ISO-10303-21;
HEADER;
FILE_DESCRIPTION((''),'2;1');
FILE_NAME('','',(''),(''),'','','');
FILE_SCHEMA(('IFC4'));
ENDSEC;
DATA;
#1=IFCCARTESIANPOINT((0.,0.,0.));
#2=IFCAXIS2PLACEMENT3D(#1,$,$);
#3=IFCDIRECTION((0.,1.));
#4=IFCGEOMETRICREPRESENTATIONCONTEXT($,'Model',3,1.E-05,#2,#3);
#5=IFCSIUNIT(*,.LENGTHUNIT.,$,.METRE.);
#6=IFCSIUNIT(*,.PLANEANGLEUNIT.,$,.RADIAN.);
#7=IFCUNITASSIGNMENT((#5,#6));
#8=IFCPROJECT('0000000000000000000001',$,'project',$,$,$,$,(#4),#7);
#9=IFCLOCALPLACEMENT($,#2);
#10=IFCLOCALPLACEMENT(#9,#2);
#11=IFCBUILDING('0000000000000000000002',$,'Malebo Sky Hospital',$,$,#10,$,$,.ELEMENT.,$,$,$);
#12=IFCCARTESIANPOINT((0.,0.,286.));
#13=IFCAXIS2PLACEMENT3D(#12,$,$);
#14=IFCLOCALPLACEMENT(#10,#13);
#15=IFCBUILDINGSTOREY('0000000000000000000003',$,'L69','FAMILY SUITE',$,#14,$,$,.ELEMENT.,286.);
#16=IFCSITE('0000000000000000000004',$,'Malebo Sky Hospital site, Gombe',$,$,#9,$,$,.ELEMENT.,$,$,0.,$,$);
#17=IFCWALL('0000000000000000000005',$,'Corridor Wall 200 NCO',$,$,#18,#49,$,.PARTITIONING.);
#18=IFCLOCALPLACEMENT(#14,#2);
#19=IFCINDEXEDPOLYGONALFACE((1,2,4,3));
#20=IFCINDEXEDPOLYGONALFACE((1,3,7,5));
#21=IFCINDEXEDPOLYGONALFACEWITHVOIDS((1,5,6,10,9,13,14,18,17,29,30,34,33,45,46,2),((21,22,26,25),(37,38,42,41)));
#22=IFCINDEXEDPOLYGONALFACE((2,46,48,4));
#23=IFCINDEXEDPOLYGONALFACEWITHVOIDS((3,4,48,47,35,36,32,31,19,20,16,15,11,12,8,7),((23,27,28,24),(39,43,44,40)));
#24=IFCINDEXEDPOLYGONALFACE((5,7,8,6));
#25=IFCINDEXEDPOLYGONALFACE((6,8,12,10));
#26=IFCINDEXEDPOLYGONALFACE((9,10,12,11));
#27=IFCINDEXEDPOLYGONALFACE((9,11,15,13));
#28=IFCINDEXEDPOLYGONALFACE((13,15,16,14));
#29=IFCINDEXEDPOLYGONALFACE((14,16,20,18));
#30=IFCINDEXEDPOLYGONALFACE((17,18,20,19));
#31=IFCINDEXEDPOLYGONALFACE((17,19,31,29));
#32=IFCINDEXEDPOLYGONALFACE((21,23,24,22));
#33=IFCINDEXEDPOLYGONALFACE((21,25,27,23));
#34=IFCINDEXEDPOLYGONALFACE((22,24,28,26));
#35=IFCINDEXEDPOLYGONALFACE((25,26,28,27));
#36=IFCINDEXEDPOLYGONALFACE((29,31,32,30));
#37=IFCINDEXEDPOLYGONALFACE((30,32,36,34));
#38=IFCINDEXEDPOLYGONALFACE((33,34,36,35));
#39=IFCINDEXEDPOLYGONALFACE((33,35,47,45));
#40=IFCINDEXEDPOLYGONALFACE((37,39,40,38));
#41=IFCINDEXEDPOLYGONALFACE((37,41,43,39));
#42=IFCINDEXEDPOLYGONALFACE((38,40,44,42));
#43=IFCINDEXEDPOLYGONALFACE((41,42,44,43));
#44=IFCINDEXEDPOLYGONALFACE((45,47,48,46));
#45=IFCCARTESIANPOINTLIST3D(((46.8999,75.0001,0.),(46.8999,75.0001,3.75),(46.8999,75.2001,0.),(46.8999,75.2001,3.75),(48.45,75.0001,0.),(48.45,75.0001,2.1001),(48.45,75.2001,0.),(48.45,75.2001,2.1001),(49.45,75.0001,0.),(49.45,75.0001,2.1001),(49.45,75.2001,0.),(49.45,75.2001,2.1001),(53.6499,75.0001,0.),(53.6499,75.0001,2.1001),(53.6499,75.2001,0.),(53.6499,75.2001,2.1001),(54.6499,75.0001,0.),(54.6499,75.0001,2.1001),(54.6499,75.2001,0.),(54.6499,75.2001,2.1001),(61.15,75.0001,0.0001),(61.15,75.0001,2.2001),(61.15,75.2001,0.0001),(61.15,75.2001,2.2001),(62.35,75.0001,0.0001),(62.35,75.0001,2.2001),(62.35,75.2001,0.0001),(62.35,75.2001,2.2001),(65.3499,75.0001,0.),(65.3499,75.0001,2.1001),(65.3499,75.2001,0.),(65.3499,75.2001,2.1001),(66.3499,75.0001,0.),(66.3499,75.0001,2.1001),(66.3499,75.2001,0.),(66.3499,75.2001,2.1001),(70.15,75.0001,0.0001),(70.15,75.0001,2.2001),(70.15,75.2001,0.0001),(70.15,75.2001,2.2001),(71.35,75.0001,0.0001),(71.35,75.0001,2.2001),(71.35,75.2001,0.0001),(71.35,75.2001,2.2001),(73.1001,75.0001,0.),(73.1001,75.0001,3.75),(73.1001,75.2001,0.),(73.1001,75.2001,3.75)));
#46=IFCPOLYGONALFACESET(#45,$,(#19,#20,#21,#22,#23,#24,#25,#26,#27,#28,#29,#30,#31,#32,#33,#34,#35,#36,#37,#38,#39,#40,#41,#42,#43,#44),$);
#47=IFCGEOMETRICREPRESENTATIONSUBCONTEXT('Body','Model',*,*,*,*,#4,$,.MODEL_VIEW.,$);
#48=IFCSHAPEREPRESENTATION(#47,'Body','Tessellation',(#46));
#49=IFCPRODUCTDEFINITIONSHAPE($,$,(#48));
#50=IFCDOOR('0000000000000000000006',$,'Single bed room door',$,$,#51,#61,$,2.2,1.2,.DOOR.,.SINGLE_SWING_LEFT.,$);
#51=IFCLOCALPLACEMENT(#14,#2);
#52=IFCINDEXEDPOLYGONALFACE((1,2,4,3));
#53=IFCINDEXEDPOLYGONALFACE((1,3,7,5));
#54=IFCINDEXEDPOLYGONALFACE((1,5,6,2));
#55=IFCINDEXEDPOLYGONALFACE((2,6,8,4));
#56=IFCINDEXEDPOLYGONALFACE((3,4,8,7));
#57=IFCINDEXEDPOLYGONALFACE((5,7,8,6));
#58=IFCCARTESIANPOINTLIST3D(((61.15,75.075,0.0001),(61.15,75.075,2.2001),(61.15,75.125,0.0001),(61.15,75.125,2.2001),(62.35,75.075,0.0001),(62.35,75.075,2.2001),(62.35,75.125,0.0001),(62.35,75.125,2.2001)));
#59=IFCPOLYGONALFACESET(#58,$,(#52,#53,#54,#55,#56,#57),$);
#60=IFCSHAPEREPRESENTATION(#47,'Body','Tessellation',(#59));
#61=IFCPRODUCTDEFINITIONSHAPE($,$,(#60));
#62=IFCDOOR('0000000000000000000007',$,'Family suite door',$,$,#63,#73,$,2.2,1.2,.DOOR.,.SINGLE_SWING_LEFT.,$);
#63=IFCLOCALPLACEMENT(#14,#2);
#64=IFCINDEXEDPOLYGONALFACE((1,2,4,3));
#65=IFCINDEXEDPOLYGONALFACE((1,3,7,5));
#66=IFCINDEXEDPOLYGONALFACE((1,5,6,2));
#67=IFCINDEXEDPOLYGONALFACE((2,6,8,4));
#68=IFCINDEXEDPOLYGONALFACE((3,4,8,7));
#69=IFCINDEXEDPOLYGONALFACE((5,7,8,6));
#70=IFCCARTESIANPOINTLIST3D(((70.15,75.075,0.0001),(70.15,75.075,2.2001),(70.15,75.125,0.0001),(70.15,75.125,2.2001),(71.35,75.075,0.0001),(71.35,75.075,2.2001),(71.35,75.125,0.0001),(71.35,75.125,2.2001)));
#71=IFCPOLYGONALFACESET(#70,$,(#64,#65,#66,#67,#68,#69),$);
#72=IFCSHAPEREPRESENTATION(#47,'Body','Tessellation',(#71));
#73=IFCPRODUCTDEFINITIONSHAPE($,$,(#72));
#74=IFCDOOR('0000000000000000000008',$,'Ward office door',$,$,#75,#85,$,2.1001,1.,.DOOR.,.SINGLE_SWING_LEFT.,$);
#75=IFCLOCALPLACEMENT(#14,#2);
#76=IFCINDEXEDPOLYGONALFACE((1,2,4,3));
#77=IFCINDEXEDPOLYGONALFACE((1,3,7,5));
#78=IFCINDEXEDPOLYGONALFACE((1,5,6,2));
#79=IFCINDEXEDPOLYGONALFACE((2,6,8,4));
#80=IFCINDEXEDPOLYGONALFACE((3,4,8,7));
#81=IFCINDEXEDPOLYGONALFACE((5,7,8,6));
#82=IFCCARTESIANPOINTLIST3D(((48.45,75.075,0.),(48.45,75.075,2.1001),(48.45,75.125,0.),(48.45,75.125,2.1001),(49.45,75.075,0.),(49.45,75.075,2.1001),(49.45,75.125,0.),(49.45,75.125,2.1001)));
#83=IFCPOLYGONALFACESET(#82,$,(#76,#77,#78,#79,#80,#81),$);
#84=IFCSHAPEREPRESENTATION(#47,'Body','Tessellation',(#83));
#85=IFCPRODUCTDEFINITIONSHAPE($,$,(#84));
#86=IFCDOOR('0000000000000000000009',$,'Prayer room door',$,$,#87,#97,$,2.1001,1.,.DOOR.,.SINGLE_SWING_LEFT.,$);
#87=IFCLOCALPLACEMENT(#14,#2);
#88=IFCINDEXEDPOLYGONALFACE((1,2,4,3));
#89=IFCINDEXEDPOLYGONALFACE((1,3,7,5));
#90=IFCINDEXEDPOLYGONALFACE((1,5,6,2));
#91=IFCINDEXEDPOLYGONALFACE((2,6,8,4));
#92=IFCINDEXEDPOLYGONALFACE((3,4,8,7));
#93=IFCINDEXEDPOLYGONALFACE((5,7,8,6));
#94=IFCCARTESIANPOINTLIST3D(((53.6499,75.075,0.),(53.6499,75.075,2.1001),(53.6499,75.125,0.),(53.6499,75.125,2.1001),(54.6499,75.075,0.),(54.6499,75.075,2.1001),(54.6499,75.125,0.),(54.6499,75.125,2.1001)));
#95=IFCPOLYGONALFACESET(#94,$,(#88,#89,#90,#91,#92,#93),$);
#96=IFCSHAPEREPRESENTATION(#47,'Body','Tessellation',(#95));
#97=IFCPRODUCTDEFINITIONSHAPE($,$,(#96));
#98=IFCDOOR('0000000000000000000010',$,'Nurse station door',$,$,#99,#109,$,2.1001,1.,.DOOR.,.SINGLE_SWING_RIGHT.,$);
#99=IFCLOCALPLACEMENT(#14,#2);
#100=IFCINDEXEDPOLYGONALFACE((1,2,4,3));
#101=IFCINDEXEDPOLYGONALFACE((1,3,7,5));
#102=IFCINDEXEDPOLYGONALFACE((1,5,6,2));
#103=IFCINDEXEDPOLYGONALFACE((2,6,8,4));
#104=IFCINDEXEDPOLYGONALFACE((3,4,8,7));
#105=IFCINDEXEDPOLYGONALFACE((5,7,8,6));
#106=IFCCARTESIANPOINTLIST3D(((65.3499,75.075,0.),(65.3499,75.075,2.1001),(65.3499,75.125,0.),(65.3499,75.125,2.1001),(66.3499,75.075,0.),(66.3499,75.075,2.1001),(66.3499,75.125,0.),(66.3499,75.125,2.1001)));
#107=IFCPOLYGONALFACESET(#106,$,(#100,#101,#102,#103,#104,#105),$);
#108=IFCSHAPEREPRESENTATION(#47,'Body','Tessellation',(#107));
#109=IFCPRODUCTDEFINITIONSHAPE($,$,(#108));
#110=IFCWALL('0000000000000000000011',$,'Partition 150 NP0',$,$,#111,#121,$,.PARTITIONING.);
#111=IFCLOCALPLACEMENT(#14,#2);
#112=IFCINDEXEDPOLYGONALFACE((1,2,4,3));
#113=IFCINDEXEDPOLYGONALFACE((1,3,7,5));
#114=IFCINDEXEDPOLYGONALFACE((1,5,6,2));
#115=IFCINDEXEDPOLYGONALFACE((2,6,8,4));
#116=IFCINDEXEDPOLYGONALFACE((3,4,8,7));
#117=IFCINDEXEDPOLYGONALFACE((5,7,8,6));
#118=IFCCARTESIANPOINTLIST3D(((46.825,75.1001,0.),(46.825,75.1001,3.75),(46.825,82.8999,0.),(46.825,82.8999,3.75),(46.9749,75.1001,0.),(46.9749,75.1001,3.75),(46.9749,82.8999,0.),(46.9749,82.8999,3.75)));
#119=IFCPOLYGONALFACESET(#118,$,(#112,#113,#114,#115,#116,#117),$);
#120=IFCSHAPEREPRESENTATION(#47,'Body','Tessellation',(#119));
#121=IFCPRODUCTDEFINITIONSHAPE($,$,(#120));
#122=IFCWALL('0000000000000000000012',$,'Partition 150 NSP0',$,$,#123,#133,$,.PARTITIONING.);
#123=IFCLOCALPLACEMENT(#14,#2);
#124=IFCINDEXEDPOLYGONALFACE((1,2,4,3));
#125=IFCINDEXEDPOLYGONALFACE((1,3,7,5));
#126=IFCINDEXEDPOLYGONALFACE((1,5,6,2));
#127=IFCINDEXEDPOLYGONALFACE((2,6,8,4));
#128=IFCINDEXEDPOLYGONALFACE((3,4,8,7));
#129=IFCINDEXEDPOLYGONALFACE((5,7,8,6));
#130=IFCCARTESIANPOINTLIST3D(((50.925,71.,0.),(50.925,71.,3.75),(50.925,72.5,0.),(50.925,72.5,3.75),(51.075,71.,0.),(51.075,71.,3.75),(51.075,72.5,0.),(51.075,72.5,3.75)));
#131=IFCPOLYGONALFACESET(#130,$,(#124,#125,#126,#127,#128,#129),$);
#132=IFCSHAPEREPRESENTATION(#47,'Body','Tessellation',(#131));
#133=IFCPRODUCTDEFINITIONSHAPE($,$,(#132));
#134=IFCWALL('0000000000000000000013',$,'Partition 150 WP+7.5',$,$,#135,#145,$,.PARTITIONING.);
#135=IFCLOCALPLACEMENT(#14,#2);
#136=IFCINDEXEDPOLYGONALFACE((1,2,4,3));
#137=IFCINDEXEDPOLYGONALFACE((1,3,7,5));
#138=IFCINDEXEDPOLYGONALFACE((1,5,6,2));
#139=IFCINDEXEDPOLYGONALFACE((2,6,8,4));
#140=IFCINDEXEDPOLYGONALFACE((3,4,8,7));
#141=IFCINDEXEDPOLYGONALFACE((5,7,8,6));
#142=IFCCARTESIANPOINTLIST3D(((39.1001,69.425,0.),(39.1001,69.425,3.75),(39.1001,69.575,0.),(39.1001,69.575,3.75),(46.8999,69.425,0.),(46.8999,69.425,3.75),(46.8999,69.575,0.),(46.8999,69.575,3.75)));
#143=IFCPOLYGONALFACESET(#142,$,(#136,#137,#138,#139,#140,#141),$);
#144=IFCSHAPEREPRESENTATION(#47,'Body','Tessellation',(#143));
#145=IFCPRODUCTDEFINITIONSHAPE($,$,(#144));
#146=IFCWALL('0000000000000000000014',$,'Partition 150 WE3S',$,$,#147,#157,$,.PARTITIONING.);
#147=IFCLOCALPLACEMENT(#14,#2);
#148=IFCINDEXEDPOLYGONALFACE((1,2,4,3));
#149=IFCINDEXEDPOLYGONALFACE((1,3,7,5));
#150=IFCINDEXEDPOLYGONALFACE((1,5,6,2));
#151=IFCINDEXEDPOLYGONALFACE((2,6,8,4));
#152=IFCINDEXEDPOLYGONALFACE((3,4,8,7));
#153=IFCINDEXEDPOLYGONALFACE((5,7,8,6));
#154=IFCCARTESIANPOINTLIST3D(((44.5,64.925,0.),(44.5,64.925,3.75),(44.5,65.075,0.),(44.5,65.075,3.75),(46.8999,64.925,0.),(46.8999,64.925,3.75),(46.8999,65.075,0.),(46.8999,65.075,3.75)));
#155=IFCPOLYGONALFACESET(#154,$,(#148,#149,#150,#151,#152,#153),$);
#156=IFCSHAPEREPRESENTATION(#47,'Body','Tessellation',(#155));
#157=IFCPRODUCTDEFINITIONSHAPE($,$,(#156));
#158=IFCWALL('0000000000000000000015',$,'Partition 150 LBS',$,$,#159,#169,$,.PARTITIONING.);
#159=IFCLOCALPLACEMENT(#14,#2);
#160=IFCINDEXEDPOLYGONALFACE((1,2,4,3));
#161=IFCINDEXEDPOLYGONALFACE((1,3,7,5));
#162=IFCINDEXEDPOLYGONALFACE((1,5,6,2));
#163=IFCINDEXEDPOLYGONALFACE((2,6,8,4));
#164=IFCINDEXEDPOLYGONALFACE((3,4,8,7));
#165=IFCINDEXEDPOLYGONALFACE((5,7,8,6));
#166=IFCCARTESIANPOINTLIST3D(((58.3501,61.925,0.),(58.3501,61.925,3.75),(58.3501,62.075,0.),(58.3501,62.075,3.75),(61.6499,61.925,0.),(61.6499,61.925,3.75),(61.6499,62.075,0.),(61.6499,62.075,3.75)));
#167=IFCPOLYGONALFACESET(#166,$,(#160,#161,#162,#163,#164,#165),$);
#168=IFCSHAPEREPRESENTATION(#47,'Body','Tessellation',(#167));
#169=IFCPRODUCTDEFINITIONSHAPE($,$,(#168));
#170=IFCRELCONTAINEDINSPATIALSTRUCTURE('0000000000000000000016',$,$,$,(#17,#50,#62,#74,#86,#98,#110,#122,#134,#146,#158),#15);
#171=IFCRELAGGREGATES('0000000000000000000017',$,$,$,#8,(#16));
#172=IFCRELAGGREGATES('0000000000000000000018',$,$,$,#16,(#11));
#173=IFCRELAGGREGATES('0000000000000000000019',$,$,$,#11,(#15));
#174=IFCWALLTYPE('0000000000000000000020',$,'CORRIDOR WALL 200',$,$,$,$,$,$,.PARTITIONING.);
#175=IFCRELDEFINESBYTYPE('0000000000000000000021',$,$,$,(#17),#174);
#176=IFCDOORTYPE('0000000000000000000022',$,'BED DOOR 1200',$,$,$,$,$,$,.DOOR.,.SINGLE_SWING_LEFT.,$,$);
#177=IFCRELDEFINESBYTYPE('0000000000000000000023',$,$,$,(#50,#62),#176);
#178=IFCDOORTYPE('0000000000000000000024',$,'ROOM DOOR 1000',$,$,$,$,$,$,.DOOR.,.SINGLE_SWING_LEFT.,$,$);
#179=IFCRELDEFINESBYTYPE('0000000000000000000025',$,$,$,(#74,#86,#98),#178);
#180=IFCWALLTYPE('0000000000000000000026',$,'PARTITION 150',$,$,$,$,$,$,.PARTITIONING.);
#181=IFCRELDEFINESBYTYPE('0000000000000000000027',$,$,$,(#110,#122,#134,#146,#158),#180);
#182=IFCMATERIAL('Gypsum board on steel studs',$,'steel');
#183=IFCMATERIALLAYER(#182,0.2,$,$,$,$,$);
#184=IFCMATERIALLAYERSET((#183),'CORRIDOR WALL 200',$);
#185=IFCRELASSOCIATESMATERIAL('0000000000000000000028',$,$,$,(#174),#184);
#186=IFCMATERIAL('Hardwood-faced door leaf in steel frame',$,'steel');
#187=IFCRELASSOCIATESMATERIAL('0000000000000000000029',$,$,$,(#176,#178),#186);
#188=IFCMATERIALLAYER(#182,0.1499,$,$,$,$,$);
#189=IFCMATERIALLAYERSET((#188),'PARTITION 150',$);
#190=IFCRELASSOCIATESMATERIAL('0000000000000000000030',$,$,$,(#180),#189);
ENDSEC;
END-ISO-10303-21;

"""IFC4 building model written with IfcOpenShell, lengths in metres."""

from ifc_helpers import new_model, si_unit, direction, frame, frame_2d, origin, place, context, subcontext, project, spatial, rectangle, extrude, material, layer, layer_set, type_object, element, fill, save


model = new_model("IFC4")

# Units and contexts
model_context = context("Model", 3, precision=1e-05, world=origin(), true_north=direction((0.0, 1.0)))
body_context = subcontext(model_context, "Body", "Model", "MODEL_VIEW")
ifc_project = project(units=[si_unit("LENGTHUNIT", "METRE"), si_unit("PLANEANGLEUNIT", "RADIAN")], contexts=[model_context])

# Site, building, storey
site_placement = place(None, origin())
site = spatial("IfcSite", under=ifc_project, at=site_placement, Name="Malebo Sky Hospital site, Gombe", CompositionType="ELEMENT", RefElevation=0.0)
building_placement = place(site_placement, origin())
building = spatial("IfcBuilding", under=site, at=building_placement, Name="Malebo Sky Hospital", CompositionType="ELEMENT")
storey_placement = place(building_placement, frame((0.0, 0.0, 286.0)))
storey = spatial("IfcBuildingStorey", under=building, at=storey_placement, Name="L69", Description="FAMILY SUITE", CompositionType="ELEMENT", Elevation=286.0)

# Wall, openings, doors
ifc_material_1 = material(Name="Gypsum board on steel studs", Category="steel")
ifc_layer_1 = layer(ifc_material_1, 0.2)
ifc_layer_set_1 = layer_set([ifc_layer_1], Name="CORRIDOR WALL 200")
wall_type_1 = type_object("IfcWallType", Name="CORRIDOR WALL 200", PredefinedType="PARTITIONING", material=ifc_layer_set_1)
wall_1_placement = place(storey_placement, frame((46.8999, 75.1001, 0.0), z_axis=(0.0, 0.0, 1.0), x_axis=(1.0, 0.0, 0.0)))
wall_1 = element("IfcWall", 1, at=wall_1_placement, inside=storey, type_object=wall_type_1, Name="Corridor Wall 200 NCO", PredefinedType="PARTITIONING", context=body_context, shape_type="SweptSolid", body=[
    extrude(rectangle(XDim=26.2002, YDim=0.2, at=frame_2d((13.1001, 0.0))), origin(), (0.0, 0.0, 1.0), 3.75),
])
opening_1_placement = place(wall_1_placement, frame((1.55, 0.0, 0.0)))
opening_1 = element("IfcOpeningElement", 2, at=opening_1_placement, cuts=wall_1, PredefinedType="OPENING", context=body_context, shape_type="SweptSolid", body=[
    extrude(rectangle(XDim=1.0, YDim=2.1001, at=frame_2d((0.5, 1.05))), frame((0.0, 0.1099, 0.0), z_axis=(0.0, -1.0, 0.0), x_axis=(1.0, 0.0, 0.0)), (0.0, 0.0, 1.0), 0.22),
])
opening_2_placement = place(wall_1_placement, frame((6.75, 0.0, 0.0)))
opening_2 = element("IfcOpeningElement", 3, at=opening_2_placement, cuts=wall_1, PredefinedType="OPENING", context=body_context, shape_type="SweptSolid", body=[
    extrude(rectangle(XDim=1.0, YDim=2.1001, at=frame_2d((0.5, 1.05))), frame((0.0, 0.1099, 0.0), z_axis=(0.0, -1.0, 0.0), x_axis=(1.0, 0.0, 0.0)), (0.0, 0.0, 1.0), 0.22),
])
opening_3_placement = place(wall_1_placement, frame((14.25, 0.0, 0.0)))
opening_3 = element("IfcOpeningElement", 4, at=opening_3_placement, cuts=wall_1, PredefinedType="OPENING", context=body_context, shape_type="SweptSolid", body=[
    extrude(rectangle(XDim=1.2, YDim=2.2, at=frame_2d((0.6001, 1.1001))), frame((0.0, 0.1099, 0.0), z_axis=(0.0, -1.0, 0.0), x_axis=(1.0, 0.0, 0.0)), (0.0, 0.0, 1.0), 0.22),
])
opening_4_placement = place(wall_1_placement, frame((18.45, 0.0, 0.0)))
opening_4 = element("IfcOpeningElement", 5, at=opening_4_placement, cuts=wall_1, PredefinedType="OPENING", context=body_context, shape_type="SweptSolid", body=[
    extrude(rectangle(XDim=1.0, YDim=2.1001, at=frame_2d((0.5, 1.05))), frame((0.0, 0.1099, 0.0), z_axis=(0.0, -1.0, 0.0), x_axis=(1.0, 0.0, 0.0)), (0.0, 0.0, 1.0), 0.22),
])
opening_5_placement = place(wall_1_placement, frame((23.25, 0.0, 0.0)))
opening_5 = element("IfcOpeningElement", 6, at=opening_5_placement, cuts=wall_1, PredefinedType="OPENING", context=body_context, shape_type="SweptSolid", body=[
    extrude(rectangle(XDim=1.2, YDim=2.2, at=frame_2d((0.6001, 1.1001))), frame((0.0, 0.1099, 0.0), z_axis=(0.0, -1.0, 0.0), x_axis=(1.0, 0.0, 0.0)), (0.0, 0.0, 1.0), 0.22),
])
ifc_material_2 = material(Name="Hardwood-faced door leaf in steel frame", Category="steel")
door_type_1 = type_object("IfcDoorType", Name="BED DOOR 1200", OperationType="SINGLE_SWING_LEFT", PredefinedType="DOOR", material=ifc_material_2)
door_1_placement = place(opening_3_placement, origin())
door_1 = element("IfcDoor", 7, at=door_1_placement, inside=storey, type_object=door_type_1, Name="Single bed room door", OperationType="SINGLE_SWING_LEFT", OverallHeight=2.2, OverallWidth=1.2, PredefinedType="DOOR", context=body_context, shape_type="SweptSolid", body=[
    extrude(rectangle(XDim=1.2, YDim=2.2, at=frame_2d((0.6001, 1.1001))), frame((0.0, 0.0249, 0.0), z_axis=(0.0, -1.0, 0.0), x_axis=(1.0, 0.0, 0.0)), (0.0, 0.0, 1.0), 0.05),
])
fill(opening_3, door_1)
door_2_placement = place(opening_5_placement, origin())
door_2 = element("IfcDoor", 8, at=door_2_placement, inside=storey, type_object=door_type_1, Name="Family suite door", OperationType="SINGLE_SWING_LEFT", OverallHeight=2.2, OverallWidth=1.2, PredefinedType="DOOR", context=body_context, shape_type="SweptSolid", body=[
    extrude(rectangle(XDim=1.2, YDim=2.2, at=frame_2d((0.6001, 1.1001))), frame((0.0, 0.0249, 0.0), z_axis=(0.0, -1.0, 0.0), x_axis=(1.0, 0.0, 0.0)), (0.0, 0.0, 1.0), 0.05),
])
fill(opening_5, door_2)
door_type_2 = type_object("IfcDoorType", Name="ROOM DOOR 1000", OperationType="SINGLE_SWING_LEFT", PredefinedType="DOOR", material=ifc_material_2)
door_3_placement = place(opening_1_placement, origin())
door_3 = element("IfcDoor", 9, at=door_3_placement, inside=storey, type_object=door_type_2, Name="Ward office door", OperationType="SINGLE_SWING_LEFT", OverallHeight=2.1001, OverallWidth=1.0, PredefinedType="DOOR", context=body_context, shape_type="SweptSolid", body=[
    extrude(rectangle(XDim=1.0, YDim=2.1001, at=frame_2d((0.5, 1.05))), frame((0.0, 0.0249, 0.0), z_axis=(0.0, -1.0, 0.0), x_axis=(1.0, 0.0, 0.0)), (0.0, 0.0, 1.0), 0.05),
])
fill(opening_1, door_3)
door_4_placement = place(opening_2_placement, origin())
door_4 = element("IfcDoor", 10, at=door_4_placement, inside=storey, type_object=door_type_2, Name="Prayer room door", OperationType="SINGLE_SWING_LEFT", OverallHeight=2.1001, OverallWidth=1.0, PredefinedType="DOOR", context=body_context, shape_type="SweptSolid", body=[
    extrude(rectangle(XDim=1.0, YDim=2.1001, at=frame_2d((0.5, 1.05))), frame((0.0, 0.0249, 0.0), z_axis=(0.0, -1.0, 0.0), x_axis=(1.0, 0.0, 0.0)), (0.0, 0.0, 1.0), 0.05),
])
fill(opening_2, door_4)
door_5_placement = place(opening_4_placement, origin())
door_5 = element("IfcDoor", 11, at=door_5_placement, inside=storey, type_object=door_type_2, Name="Nurse station door", OperationType="SINGLE_SWING_RIGHT", OverallHeight=2.1001, OverallWidth=1.0, PredefinedType="DOOR", context=body_context, shape_type="SweptSolid", body=[
    extrude(rectangle(XDim=1.0, YDim=2.1001, at=frame_2d((0.5, 1.05))), frame((0.0, 0.0249, 0.0), z_axis=(0.0, -1.0, 0.0), x_axis=(1.0, 0.0, 0.0)), (0.0, 0.0, 1.0), 0.05),
])
fill(opening_4, door_5)

# Walls
ifc_layer_2 = layer(ifc_material_1, 0.1499)
ifc_layer_set_2 = layer_set([ifc_layer_2], Name="PARTITION 150")
wall_type_2 = type_object("IfcWallType", Name="PARTITION 150", PredefinedType="PARTITIONING", material=ifc_layer_set_2)
wall_2_placement = place(storey_placement, frame((46.8999, 75.1001, 0.0), z_axis=(0.0, 0.0, 1.0), x_axis=(0.0, 1.0, 0.0)))
element("IfcWall", 12, at=wall_2_placement, inside=storey, type_object=wall_type_2, Name="Partition 150 NP0", PredefinedType="PARTITIONING", context=body_context, shape_type="SweptSolid", body=[
    extrude(rectangle(XDim=7.7998, YDim=0.1499, at=frame_2d((3.8999, 0.0))), origin(), (0.0, 0.0, 1.0), 3.75),
])
wall_3_placement = place(storey_placement, frame((51.0, 71.0, 0.0), z_axis=(0.0, 0.0, 1.0), x_axis=(0.0, 1.0, 0.0)))
element("IfcWall", 13, at=wall_3_placement, inside=storey, type_object=wall_type_2, Name="Partition 150 NSP0", PredefinedType="PARTITIONING", context=body_context, shape_type="SweptSolid", body=[
    extrude(rectangle(XDim=1.5, YDim=0.1499, at=frame_2d((0.75, 0.0))), origin(), (0.0, 0.0, 1.0), 3.75),
])
wall_4_placement = place(storey_placement, frame((46.8999, 69.5, 0.0), z_axis=(0.0, 0.0, 1.0), x_axis=(-1.0, 0.0, 0.0)))
element("IfcWall", 14, at=wall_4_placement, inside=storey, type_object=wall_type_2, Name="Partition 150 WP+7.5", PredefinedType="PARTITIONING", context=body_context, shape_type="SweptSolid", body=[
    extrude(rectangle(XDim=7.7998, YDim=0.1499, at=frame_2d((3.8999, 0.0))), origin(), (0.0, 0.0, 1.0), 3.75),
])
wall_5_placement = place(storey_placement, frame((46.8999, 65.0, 0.0), z_axis=(0.0, 0.0, 1.0), x_axis=(-1.0, 0.0, 0.0)))
element("IfcWall", 15, at=wall_5_placement, inside=storey, type_object=wall_type_2, Name="Partition 150 WE3S", PredefinedType="PARTITIONING", context=body_context, shape_type="SweptSolid", body=[
    extrude(rectangle(XDim=2.3999, YDim=0.1499, at=frame_2d((1.2, 0.0))), origin(), (0.0, 0.0, 1.0), 3.75),
])
wall_6_placement = place(storey_placement, frame((58.3501, 62.0, 0.0), z_axis=(0.0, 0.0, 1.0), x_axis=(1.0, 0.0, 0.0)))
element("IfcWall", 16, at=wall_6_placement, inside=storey, type_object=wall_type_2, Name="Partition 150 LBS", PredefinedType="PARTITIONING", context=body_context, shape_type="SweptSolid", body=[
    extrude(rectangle(XDim=3.2998, YDim=0.1499, at=frame_2d((1.6499, 0.0))), origin(), (0.0, 0.0, 1.0), 3.75),
])

save(model, "model.ifc")
